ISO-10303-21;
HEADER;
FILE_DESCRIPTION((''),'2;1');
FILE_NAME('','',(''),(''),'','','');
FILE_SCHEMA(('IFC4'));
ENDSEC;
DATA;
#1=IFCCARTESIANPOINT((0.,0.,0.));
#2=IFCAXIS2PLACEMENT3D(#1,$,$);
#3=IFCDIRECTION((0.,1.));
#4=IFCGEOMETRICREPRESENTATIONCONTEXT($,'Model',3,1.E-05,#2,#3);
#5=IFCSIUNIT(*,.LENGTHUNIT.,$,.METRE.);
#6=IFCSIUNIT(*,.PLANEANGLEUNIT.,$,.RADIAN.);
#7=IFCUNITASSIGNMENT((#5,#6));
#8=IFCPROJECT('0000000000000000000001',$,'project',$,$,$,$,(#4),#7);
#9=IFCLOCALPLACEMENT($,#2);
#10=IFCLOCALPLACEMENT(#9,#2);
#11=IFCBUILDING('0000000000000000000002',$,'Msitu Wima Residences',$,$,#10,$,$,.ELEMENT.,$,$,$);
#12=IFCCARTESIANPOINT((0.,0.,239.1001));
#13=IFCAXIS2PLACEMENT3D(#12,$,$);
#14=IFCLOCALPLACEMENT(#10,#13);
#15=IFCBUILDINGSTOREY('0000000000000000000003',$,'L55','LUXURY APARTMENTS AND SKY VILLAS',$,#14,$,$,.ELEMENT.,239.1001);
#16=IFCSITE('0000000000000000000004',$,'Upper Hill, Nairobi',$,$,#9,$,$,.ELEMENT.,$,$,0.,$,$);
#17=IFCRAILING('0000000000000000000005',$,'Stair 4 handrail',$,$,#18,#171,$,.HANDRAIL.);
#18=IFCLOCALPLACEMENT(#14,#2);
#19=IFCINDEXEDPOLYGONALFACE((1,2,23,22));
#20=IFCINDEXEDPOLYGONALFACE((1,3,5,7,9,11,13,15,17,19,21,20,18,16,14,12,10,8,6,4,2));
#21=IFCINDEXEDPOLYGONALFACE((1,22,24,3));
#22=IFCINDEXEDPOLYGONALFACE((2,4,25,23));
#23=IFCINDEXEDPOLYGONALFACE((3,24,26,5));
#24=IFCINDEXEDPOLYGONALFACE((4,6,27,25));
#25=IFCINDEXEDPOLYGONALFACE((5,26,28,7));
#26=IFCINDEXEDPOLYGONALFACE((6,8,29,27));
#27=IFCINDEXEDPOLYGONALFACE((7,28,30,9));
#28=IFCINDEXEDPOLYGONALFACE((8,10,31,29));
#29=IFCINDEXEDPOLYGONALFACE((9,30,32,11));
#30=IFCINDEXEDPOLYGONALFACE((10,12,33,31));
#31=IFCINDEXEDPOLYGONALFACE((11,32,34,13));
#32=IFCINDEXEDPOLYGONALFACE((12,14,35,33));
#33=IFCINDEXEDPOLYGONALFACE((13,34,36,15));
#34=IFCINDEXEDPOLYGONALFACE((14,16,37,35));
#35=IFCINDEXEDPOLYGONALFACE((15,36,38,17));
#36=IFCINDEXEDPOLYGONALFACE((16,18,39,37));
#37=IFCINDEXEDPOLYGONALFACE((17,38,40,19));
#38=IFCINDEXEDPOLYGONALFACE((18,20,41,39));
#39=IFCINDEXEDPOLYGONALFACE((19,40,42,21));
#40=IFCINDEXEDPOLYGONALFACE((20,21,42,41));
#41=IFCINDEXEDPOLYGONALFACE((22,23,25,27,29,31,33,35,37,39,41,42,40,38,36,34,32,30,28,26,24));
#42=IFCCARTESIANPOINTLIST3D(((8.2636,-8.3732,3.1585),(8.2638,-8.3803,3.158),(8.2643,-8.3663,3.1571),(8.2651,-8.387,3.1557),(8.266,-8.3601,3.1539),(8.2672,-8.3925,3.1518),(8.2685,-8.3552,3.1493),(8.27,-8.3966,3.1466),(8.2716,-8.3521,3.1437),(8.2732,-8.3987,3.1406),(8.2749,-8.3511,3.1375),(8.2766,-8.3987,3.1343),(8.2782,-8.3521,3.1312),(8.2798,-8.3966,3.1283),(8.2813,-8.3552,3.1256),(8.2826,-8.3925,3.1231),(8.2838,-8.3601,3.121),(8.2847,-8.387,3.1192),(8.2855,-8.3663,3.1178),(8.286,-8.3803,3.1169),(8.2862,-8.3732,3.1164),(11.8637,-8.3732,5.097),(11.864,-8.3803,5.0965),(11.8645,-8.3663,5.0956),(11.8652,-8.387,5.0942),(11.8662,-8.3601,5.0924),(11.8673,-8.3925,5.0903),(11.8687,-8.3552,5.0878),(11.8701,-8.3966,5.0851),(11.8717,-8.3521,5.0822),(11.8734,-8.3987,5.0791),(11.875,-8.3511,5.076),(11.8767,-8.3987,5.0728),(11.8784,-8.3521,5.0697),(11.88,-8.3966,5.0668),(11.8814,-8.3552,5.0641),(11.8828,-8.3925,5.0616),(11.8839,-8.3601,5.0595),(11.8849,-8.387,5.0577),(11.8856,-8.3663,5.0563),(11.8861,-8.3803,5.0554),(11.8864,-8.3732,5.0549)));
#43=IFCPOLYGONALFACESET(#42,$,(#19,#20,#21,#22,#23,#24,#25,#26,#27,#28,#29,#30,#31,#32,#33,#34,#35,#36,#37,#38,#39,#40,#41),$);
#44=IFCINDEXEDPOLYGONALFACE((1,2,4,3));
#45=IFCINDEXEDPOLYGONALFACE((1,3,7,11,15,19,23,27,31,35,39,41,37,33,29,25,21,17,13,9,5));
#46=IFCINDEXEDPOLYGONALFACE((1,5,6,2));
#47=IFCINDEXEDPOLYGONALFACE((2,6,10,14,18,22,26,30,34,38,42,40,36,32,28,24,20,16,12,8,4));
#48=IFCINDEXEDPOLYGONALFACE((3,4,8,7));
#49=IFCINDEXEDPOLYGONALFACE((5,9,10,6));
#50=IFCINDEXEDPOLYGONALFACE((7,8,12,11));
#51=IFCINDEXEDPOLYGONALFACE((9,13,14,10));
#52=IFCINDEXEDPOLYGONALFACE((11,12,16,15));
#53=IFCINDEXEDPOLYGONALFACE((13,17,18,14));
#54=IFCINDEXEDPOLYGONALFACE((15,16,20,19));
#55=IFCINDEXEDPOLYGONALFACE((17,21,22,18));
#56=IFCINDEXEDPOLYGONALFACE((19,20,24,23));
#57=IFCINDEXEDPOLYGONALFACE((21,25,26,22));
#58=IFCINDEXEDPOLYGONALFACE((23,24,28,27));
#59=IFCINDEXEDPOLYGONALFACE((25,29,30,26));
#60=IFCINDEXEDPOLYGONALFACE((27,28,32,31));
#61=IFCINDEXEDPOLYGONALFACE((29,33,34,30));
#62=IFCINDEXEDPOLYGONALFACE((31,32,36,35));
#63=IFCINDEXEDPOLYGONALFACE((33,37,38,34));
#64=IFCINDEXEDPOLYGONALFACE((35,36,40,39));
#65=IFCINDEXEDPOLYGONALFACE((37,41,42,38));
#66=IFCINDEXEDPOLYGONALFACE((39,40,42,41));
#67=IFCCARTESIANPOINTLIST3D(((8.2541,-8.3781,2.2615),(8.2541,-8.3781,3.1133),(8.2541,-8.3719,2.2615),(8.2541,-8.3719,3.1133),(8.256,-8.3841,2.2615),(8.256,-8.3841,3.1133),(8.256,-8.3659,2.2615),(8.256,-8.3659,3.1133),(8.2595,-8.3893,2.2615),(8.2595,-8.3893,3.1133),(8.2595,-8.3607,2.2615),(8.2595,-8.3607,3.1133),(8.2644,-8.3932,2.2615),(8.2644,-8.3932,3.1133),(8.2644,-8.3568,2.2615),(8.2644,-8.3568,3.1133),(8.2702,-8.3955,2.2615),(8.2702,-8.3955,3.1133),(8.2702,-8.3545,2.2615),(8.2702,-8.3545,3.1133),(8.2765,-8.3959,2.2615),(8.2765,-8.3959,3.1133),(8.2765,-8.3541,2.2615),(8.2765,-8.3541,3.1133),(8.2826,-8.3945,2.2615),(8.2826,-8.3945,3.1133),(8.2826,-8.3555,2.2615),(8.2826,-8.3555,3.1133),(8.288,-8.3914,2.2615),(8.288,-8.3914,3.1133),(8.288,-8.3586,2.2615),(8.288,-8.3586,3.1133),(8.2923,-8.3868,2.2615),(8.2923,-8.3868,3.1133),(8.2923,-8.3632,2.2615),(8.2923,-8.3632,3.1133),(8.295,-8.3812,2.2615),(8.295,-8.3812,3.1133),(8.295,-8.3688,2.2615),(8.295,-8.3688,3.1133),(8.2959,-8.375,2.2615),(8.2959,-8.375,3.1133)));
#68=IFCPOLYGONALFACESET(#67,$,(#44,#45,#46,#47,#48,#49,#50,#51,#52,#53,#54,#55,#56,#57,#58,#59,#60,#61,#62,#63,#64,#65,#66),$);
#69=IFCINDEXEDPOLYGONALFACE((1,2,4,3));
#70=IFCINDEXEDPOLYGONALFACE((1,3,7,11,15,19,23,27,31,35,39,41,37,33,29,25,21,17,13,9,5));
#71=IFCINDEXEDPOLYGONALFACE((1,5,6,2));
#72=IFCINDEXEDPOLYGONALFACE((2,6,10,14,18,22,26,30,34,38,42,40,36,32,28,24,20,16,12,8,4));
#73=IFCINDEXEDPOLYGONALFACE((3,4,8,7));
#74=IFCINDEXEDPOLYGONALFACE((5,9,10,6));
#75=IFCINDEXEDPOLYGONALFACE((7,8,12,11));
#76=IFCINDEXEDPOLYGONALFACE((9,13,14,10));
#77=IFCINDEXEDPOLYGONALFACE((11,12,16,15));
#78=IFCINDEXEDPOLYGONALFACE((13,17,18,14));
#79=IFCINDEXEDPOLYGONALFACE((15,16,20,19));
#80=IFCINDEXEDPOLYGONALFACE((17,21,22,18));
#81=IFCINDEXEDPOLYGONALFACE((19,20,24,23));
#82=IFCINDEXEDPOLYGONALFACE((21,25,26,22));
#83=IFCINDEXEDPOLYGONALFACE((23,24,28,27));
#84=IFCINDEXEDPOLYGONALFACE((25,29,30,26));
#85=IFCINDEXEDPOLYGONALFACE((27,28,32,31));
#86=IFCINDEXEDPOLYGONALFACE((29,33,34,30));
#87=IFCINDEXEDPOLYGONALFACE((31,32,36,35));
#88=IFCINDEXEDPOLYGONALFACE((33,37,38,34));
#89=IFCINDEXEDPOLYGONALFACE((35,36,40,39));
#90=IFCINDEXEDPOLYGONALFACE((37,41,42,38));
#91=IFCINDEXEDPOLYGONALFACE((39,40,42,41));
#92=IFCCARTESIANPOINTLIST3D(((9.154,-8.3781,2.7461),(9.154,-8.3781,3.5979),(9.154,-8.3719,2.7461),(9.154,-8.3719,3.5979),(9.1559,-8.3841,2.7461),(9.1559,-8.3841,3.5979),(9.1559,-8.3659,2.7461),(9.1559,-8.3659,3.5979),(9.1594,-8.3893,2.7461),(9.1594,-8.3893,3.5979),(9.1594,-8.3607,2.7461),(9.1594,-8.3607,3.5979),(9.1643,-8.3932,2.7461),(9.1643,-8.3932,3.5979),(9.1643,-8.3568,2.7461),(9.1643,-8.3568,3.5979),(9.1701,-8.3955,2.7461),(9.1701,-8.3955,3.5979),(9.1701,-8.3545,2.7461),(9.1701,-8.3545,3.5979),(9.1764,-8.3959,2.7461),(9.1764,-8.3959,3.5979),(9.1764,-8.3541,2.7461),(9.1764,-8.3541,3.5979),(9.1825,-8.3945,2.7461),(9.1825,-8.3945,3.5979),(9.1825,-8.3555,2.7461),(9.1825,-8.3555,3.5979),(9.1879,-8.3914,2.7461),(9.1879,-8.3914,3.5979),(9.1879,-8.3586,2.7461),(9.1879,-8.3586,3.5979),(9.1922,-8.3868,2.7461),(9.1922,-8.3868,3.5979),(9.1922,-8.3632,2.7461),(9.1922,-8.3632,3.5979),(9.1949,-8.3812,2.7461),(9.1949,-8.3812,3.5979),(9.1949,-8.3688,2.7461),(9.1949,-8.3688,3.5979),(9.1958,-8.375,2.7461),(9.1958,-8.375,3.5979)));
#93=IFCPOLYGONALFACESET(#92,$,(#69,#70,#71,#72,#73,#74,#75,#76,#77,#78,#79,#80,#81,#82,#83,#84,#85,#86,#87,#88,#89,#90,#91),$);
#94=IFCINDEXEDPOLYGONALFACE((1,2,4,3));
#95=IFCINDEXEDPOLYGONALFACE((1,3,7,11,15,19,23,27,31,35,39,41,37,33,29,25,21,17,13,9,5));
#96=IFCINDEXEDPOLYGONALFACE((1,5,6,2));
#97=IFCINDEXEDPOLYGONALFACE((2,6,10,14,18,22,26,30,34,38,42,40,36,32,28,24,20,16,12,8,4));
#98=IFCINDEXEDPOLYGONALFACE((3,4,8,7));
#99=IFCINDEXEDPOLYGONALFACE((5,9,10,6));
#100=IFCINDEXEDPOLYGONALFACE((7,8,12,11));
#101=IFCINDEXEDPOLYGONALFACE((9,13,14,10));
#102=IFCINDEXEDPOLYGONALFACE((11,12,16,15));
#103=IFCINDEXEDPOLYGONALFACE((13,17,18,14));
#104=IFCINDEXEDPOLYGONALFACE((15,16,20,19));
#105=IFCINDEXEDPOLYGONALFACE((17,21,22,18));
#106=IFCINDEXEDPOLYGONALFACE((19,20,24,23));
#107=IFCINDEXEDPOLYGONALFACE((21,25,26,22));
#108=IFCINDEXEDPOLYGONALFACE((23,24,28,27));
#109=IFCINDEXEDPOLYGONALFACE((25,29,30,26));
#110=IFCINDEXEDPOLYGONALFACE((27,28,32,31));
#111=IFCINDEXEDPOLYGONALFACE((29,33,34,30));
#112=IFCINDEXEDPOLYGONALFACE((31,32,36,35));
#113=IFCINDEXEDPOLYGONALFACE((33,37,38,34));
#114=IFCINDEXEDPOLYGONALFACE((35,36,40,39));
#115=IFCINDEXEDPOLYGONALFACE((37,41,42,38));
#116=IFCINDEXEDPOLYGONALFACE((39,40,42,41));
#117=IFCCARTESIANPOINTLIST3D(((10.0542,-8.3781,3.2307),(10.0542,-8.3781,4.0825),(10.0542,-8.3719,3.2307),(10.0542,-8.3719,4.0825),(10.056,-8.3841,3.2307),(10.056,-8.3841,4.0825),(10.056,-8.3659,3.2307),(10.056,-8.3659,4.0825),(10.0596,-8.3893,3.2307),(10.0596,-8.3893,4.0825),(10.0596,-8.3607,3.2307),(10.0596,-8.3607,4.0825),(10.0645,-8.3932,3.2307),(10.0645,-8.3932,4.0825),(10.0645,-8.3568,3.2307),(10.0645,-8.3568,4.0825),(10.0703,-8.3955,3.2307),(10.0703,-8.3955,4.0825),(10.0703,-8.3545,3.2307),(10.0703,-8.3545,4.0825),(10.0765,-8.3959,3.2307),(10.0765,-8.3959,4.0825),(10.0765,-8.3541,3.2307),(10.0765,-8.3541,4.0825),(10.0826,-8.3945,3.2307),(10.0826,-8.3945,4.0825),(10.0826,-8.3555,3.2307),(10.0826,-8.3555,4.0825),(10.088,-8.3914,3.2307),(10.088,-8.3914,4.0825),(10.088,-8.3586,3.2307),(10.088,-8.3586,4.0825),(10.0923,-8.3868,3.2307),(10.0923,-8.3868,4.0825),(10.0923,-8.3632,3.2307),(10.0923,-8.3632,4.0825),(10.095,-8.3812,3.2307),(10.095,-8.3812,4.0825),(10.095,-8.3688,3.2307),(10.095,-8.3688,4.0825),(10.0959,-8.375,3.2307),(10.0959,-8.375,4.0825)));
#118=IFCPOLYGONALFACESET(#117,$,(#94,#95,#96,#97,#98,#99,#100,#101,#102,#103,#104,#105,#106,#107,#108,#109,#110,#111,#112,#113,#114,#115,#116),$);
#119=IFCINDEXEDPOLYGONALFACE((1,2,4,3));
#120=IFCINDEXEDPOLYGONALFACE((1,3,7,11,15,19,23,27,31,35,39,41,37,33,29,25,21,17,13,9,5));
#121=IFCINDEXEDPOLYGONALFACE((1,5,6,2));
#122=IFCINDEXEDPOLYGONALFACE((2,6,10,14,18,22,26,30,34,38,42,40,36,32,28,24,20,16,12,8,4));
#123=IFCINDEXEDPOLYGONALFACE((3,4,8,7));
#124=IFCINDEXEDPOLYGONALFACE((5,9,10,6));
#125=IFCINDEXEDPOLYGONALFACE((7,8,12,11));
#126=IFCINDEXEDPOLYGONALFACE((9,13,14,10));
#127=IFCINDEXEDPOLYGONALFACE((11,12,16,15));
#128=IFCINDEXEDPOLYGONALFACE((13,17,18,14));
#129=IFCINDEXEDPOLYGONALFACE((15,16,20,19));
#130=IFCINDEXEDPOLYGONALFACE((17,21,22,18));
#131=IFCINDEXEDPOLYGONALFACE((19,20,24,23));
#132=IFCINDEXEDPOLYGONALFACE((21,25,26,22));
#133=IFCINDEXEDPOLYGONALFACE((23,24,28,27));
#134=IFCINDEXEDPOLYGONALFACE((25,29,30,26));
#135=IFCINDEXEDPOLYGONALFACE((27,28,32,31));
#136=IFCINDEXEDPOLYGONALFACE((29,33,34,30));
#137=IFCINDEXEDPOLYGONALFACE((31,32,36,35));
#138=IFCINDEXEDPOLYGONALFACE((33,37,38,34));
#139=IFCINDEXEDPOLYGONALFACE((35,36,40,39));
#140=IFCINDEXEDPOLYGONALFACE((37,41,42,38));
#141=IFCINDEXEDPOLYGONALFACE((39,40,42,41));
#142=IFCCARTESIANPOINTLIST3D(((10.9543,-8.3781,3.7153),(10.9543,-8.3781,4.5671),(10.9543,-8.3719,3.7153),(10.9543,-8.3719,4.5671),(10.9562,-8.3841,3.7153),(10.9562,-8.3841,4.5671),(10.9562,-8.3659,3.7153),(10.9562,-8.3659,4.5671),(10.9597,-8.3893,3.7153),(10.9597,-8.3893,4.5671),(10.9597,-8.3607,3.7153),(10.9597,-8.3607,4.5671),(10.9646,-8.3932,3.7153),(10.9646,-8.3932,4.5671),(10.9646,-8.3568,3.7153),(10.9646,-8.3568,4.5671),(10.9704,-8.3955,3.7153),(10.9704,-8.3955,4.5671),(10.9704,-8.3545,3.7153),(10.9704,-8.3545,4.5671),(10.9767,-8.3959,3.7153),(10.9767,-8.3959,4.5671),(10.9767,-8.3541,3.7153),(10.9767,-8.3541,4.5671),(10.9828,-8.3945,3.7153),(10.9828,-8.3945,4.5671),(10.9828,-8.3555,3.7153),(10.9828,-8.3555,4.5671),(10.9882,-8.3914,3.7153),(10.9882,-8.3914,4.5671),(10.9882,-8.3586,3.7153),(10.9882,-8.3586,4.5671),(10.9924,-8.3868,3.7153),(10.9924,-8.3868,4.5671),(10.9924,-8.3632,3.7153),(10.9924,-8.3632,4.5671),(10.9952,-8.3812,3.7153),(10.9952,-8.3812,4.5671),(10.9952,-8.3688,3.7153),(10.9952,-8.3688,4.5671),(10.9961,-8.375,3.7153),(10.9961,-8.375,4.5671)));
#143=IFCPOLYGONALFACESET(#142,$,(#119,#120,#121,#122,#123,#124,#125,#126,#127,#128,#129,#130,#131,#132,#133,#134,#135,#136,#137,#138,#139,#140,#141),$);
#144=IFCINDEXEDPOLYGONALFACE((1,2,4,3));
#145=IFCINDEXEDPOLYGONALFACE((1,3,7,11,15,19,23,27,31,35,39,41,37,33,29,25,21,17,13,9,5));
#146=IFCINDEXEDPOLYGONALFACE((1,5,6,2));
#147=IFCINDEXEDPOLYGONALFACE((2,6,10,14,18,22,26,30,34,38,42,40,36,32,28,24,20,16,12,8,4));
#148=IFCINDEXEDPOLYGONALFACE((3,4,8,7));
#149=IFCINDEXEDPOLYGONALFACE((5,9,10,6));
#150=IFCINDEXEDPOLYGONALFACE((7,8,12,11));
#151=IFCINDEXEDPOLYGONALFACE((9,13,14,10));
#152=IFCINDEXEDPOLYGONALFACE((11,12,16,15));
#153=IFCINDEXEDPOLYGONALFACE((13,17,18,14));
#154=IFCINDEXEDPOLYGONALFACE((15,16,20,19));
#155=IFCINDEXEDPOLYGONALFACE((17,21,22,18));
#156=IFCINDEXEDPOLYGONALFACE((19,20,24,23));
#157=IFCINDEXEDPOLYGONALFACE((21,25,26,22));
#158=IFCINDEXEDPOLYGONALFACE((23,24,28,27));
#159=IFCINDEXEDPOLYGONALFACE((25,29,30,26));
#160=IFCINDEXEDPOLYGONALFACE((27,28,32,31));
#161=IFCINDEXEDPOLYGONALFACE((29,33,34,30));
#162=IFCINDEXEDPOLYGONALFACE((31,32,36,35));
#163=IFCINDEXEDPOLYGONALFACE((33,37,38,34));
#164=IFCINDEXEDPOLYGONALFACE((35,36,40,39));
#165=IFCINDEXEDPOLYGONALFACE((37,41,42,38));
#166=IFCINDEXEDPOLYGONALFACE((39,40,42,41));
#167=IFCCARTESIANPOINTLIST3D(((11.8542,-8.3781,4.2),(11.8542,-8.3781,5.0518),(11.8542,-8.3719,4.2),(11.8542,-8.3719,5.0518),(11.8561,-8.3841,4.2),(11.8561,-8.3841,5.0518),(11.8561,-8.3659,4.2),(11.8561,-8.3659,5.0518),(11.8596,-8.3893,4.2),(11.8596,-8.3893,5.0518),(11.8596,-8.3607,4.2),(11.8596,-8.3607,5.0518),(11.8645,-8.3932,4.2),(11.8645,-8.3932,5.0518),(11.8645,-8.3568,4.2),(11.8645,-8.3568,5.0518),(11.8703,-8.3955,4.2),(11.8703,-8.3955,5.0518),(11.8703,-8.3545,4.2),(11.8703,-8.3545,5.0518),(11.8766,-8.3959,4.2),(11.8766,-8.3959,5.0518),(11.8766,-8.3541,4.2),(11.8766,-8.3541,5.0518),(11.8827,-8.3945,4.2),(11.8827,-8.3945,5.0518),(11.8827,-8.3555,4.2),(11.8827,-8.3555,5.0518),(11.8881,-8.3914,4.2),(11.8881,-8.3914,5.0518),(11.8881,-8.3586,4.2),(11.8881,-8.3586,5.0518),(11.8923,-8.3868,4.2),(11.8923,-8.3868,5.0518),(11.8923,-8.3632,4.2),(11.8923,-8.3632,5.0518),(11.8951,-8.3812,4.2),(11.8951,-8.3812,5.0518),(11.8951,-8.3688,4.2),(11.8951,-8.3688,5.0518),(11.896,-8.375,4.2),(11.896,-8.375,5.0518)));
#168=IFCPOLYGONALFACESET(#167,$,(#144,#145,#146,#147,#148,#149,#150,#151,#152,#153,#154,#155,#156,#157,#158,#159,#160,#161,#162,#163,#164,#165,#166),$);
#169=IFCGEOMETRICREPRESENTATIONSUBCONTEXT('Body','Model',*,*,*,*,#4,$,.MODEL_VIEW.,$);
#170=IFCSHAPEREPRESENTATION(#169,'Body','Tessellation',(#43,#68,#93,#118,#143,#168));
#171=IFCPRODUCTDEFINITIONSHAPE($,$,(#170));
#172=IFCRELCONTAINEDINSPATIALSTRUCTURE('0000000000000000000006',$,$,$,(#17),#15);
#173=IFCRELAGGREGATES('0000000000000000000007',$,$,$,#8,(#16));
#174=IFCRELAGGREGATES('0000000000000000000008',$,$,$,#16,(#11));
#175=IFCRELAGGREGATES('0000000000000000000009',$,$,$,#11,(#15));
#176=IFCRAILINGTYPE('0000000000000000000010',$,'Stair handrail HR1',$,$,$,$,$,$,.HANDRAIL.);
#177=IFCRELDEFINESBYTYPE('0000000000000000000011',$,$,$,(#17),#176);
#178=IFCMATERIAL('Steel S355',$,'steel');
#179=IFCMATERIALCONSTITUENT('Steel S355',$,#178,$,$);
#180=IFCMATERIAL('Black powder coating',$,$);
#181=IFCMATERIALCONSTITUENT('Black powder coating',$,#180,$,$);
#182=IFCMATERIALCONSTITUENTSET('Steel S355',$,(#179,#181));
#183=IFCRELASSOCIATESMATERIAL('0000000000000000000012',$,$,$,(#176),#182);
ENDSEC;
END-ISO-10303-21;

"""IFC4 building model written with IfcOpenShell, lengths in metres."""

from ifc_helpers import new_model, si_unit, direction, frame, origin, origin_2d, place, context, subcontext, project, spatial, circle, extrude, material, constituent, constituent_set, type_object, element, save


model = new_model("IFC4")

# Units and contexts
model_context = context("Model", 3, precision=1e-05, world=origin(), true_north=direction((0.0, 1.0)))
body_context = subcontext(model_context, "Body", "Model", "MODEL_VIEW")
ifc_project = project(units=[si_unit("LENGTHUNIT", "METRE"), si_unit("PLANEANGLEUNIT", "RADIAN")], contexts=[model_context])

# Site, building, storey
site_placement = place(None, origin())
site = spatial("IfcSite", under=ifc_project, at=site_placement, Name="Upper Hill, Nairobi", CompositionType="ELEMENT", RefElevation=0.0)
building_placement = place(site_placement, origin())
building = spatial("IfcBuilding", under=site, at=building_placement, Name="Msitu Wima Residences", CompositionType="ELEMENT")
storey_placement = place(building_placement, frame((0.0, 0.0, 239.1001)))
storey = spatial("IfcBuildingStorey", under=building, at=storey_placement, Name="L55", Description="LUXURY APARTMENTS AND SKY VILLAS", CompositionType="ELEMENT", Elevation=239.1001)

# Railing
ifc_material_1 = material(Name="Steel S355", Category="steel")
ifc_constituent_1 = constituent(ifc_material_1, Name="Steel S355")
ifc_material_2 = material(Name="Black powder coating")
ifc_constituent_2 = constituent(ifc_material_2, Name="Black powder coating")
ifc_constituent_set = constituent_set(constituents=[ifc_constituent_1, ifc_constituent_2], Name="Steel S355")
railing_type = type_object("IfcRailingType", Name="Stair handrail HR1", PredefinedType="HANDRAIL", material=ifc_constituent_set)
for number, where, name in (
    (1, (8.2749, -8.375, 2.2615), "Stair 4 handrail"),
):
    element("IfcRailing", number, at=place(storey_placement, frame(where)), inside=storey, type_object=railing_type, Name=name, PredefinedType="HANDRAIL", context=body_context, shape_type="SweptSolid", body=[
        extrude(circle(Radius=0.0239, at=origin_2d()), frame((0.0, 0.0, 0.876), z_axis=(0.880475, 0.0, 0.474093), x_axis=(0.0, 1.0, 0.0)), (0.0, 0.0, 1.0), 4.0889),
        extrude(circle(Radius=0.021, at=origin_2d()), origin(), (0.0, 0.0, 1.0), 0.8518),
        extrude(circle(Radius=0.021, at=origin_2d()), frame((0.8999, 0.0, 0.4846)), (0.0, 0.0, 1.0), 0.8518),
        extrude(circle(Radius=0.021, at=origin_2d()), frame((1.8, 0.0, 0.9692)), (0.0, 0.0, 1.0), 0.8518),
        extrude(circle(Radius=0.021, at=origin_2d()), frame((2.7002, 0.0, 1.4539)), (0.0, 0.0, 1.0), 0.8518),
        extrude(circle(Radius=0.021, at=origin_2d()), frame((3.6001, 0.0, 1.9385)), (0.0, 0.0, 1.0), 0.8518),
    ])

save(model, "model.ifc")
